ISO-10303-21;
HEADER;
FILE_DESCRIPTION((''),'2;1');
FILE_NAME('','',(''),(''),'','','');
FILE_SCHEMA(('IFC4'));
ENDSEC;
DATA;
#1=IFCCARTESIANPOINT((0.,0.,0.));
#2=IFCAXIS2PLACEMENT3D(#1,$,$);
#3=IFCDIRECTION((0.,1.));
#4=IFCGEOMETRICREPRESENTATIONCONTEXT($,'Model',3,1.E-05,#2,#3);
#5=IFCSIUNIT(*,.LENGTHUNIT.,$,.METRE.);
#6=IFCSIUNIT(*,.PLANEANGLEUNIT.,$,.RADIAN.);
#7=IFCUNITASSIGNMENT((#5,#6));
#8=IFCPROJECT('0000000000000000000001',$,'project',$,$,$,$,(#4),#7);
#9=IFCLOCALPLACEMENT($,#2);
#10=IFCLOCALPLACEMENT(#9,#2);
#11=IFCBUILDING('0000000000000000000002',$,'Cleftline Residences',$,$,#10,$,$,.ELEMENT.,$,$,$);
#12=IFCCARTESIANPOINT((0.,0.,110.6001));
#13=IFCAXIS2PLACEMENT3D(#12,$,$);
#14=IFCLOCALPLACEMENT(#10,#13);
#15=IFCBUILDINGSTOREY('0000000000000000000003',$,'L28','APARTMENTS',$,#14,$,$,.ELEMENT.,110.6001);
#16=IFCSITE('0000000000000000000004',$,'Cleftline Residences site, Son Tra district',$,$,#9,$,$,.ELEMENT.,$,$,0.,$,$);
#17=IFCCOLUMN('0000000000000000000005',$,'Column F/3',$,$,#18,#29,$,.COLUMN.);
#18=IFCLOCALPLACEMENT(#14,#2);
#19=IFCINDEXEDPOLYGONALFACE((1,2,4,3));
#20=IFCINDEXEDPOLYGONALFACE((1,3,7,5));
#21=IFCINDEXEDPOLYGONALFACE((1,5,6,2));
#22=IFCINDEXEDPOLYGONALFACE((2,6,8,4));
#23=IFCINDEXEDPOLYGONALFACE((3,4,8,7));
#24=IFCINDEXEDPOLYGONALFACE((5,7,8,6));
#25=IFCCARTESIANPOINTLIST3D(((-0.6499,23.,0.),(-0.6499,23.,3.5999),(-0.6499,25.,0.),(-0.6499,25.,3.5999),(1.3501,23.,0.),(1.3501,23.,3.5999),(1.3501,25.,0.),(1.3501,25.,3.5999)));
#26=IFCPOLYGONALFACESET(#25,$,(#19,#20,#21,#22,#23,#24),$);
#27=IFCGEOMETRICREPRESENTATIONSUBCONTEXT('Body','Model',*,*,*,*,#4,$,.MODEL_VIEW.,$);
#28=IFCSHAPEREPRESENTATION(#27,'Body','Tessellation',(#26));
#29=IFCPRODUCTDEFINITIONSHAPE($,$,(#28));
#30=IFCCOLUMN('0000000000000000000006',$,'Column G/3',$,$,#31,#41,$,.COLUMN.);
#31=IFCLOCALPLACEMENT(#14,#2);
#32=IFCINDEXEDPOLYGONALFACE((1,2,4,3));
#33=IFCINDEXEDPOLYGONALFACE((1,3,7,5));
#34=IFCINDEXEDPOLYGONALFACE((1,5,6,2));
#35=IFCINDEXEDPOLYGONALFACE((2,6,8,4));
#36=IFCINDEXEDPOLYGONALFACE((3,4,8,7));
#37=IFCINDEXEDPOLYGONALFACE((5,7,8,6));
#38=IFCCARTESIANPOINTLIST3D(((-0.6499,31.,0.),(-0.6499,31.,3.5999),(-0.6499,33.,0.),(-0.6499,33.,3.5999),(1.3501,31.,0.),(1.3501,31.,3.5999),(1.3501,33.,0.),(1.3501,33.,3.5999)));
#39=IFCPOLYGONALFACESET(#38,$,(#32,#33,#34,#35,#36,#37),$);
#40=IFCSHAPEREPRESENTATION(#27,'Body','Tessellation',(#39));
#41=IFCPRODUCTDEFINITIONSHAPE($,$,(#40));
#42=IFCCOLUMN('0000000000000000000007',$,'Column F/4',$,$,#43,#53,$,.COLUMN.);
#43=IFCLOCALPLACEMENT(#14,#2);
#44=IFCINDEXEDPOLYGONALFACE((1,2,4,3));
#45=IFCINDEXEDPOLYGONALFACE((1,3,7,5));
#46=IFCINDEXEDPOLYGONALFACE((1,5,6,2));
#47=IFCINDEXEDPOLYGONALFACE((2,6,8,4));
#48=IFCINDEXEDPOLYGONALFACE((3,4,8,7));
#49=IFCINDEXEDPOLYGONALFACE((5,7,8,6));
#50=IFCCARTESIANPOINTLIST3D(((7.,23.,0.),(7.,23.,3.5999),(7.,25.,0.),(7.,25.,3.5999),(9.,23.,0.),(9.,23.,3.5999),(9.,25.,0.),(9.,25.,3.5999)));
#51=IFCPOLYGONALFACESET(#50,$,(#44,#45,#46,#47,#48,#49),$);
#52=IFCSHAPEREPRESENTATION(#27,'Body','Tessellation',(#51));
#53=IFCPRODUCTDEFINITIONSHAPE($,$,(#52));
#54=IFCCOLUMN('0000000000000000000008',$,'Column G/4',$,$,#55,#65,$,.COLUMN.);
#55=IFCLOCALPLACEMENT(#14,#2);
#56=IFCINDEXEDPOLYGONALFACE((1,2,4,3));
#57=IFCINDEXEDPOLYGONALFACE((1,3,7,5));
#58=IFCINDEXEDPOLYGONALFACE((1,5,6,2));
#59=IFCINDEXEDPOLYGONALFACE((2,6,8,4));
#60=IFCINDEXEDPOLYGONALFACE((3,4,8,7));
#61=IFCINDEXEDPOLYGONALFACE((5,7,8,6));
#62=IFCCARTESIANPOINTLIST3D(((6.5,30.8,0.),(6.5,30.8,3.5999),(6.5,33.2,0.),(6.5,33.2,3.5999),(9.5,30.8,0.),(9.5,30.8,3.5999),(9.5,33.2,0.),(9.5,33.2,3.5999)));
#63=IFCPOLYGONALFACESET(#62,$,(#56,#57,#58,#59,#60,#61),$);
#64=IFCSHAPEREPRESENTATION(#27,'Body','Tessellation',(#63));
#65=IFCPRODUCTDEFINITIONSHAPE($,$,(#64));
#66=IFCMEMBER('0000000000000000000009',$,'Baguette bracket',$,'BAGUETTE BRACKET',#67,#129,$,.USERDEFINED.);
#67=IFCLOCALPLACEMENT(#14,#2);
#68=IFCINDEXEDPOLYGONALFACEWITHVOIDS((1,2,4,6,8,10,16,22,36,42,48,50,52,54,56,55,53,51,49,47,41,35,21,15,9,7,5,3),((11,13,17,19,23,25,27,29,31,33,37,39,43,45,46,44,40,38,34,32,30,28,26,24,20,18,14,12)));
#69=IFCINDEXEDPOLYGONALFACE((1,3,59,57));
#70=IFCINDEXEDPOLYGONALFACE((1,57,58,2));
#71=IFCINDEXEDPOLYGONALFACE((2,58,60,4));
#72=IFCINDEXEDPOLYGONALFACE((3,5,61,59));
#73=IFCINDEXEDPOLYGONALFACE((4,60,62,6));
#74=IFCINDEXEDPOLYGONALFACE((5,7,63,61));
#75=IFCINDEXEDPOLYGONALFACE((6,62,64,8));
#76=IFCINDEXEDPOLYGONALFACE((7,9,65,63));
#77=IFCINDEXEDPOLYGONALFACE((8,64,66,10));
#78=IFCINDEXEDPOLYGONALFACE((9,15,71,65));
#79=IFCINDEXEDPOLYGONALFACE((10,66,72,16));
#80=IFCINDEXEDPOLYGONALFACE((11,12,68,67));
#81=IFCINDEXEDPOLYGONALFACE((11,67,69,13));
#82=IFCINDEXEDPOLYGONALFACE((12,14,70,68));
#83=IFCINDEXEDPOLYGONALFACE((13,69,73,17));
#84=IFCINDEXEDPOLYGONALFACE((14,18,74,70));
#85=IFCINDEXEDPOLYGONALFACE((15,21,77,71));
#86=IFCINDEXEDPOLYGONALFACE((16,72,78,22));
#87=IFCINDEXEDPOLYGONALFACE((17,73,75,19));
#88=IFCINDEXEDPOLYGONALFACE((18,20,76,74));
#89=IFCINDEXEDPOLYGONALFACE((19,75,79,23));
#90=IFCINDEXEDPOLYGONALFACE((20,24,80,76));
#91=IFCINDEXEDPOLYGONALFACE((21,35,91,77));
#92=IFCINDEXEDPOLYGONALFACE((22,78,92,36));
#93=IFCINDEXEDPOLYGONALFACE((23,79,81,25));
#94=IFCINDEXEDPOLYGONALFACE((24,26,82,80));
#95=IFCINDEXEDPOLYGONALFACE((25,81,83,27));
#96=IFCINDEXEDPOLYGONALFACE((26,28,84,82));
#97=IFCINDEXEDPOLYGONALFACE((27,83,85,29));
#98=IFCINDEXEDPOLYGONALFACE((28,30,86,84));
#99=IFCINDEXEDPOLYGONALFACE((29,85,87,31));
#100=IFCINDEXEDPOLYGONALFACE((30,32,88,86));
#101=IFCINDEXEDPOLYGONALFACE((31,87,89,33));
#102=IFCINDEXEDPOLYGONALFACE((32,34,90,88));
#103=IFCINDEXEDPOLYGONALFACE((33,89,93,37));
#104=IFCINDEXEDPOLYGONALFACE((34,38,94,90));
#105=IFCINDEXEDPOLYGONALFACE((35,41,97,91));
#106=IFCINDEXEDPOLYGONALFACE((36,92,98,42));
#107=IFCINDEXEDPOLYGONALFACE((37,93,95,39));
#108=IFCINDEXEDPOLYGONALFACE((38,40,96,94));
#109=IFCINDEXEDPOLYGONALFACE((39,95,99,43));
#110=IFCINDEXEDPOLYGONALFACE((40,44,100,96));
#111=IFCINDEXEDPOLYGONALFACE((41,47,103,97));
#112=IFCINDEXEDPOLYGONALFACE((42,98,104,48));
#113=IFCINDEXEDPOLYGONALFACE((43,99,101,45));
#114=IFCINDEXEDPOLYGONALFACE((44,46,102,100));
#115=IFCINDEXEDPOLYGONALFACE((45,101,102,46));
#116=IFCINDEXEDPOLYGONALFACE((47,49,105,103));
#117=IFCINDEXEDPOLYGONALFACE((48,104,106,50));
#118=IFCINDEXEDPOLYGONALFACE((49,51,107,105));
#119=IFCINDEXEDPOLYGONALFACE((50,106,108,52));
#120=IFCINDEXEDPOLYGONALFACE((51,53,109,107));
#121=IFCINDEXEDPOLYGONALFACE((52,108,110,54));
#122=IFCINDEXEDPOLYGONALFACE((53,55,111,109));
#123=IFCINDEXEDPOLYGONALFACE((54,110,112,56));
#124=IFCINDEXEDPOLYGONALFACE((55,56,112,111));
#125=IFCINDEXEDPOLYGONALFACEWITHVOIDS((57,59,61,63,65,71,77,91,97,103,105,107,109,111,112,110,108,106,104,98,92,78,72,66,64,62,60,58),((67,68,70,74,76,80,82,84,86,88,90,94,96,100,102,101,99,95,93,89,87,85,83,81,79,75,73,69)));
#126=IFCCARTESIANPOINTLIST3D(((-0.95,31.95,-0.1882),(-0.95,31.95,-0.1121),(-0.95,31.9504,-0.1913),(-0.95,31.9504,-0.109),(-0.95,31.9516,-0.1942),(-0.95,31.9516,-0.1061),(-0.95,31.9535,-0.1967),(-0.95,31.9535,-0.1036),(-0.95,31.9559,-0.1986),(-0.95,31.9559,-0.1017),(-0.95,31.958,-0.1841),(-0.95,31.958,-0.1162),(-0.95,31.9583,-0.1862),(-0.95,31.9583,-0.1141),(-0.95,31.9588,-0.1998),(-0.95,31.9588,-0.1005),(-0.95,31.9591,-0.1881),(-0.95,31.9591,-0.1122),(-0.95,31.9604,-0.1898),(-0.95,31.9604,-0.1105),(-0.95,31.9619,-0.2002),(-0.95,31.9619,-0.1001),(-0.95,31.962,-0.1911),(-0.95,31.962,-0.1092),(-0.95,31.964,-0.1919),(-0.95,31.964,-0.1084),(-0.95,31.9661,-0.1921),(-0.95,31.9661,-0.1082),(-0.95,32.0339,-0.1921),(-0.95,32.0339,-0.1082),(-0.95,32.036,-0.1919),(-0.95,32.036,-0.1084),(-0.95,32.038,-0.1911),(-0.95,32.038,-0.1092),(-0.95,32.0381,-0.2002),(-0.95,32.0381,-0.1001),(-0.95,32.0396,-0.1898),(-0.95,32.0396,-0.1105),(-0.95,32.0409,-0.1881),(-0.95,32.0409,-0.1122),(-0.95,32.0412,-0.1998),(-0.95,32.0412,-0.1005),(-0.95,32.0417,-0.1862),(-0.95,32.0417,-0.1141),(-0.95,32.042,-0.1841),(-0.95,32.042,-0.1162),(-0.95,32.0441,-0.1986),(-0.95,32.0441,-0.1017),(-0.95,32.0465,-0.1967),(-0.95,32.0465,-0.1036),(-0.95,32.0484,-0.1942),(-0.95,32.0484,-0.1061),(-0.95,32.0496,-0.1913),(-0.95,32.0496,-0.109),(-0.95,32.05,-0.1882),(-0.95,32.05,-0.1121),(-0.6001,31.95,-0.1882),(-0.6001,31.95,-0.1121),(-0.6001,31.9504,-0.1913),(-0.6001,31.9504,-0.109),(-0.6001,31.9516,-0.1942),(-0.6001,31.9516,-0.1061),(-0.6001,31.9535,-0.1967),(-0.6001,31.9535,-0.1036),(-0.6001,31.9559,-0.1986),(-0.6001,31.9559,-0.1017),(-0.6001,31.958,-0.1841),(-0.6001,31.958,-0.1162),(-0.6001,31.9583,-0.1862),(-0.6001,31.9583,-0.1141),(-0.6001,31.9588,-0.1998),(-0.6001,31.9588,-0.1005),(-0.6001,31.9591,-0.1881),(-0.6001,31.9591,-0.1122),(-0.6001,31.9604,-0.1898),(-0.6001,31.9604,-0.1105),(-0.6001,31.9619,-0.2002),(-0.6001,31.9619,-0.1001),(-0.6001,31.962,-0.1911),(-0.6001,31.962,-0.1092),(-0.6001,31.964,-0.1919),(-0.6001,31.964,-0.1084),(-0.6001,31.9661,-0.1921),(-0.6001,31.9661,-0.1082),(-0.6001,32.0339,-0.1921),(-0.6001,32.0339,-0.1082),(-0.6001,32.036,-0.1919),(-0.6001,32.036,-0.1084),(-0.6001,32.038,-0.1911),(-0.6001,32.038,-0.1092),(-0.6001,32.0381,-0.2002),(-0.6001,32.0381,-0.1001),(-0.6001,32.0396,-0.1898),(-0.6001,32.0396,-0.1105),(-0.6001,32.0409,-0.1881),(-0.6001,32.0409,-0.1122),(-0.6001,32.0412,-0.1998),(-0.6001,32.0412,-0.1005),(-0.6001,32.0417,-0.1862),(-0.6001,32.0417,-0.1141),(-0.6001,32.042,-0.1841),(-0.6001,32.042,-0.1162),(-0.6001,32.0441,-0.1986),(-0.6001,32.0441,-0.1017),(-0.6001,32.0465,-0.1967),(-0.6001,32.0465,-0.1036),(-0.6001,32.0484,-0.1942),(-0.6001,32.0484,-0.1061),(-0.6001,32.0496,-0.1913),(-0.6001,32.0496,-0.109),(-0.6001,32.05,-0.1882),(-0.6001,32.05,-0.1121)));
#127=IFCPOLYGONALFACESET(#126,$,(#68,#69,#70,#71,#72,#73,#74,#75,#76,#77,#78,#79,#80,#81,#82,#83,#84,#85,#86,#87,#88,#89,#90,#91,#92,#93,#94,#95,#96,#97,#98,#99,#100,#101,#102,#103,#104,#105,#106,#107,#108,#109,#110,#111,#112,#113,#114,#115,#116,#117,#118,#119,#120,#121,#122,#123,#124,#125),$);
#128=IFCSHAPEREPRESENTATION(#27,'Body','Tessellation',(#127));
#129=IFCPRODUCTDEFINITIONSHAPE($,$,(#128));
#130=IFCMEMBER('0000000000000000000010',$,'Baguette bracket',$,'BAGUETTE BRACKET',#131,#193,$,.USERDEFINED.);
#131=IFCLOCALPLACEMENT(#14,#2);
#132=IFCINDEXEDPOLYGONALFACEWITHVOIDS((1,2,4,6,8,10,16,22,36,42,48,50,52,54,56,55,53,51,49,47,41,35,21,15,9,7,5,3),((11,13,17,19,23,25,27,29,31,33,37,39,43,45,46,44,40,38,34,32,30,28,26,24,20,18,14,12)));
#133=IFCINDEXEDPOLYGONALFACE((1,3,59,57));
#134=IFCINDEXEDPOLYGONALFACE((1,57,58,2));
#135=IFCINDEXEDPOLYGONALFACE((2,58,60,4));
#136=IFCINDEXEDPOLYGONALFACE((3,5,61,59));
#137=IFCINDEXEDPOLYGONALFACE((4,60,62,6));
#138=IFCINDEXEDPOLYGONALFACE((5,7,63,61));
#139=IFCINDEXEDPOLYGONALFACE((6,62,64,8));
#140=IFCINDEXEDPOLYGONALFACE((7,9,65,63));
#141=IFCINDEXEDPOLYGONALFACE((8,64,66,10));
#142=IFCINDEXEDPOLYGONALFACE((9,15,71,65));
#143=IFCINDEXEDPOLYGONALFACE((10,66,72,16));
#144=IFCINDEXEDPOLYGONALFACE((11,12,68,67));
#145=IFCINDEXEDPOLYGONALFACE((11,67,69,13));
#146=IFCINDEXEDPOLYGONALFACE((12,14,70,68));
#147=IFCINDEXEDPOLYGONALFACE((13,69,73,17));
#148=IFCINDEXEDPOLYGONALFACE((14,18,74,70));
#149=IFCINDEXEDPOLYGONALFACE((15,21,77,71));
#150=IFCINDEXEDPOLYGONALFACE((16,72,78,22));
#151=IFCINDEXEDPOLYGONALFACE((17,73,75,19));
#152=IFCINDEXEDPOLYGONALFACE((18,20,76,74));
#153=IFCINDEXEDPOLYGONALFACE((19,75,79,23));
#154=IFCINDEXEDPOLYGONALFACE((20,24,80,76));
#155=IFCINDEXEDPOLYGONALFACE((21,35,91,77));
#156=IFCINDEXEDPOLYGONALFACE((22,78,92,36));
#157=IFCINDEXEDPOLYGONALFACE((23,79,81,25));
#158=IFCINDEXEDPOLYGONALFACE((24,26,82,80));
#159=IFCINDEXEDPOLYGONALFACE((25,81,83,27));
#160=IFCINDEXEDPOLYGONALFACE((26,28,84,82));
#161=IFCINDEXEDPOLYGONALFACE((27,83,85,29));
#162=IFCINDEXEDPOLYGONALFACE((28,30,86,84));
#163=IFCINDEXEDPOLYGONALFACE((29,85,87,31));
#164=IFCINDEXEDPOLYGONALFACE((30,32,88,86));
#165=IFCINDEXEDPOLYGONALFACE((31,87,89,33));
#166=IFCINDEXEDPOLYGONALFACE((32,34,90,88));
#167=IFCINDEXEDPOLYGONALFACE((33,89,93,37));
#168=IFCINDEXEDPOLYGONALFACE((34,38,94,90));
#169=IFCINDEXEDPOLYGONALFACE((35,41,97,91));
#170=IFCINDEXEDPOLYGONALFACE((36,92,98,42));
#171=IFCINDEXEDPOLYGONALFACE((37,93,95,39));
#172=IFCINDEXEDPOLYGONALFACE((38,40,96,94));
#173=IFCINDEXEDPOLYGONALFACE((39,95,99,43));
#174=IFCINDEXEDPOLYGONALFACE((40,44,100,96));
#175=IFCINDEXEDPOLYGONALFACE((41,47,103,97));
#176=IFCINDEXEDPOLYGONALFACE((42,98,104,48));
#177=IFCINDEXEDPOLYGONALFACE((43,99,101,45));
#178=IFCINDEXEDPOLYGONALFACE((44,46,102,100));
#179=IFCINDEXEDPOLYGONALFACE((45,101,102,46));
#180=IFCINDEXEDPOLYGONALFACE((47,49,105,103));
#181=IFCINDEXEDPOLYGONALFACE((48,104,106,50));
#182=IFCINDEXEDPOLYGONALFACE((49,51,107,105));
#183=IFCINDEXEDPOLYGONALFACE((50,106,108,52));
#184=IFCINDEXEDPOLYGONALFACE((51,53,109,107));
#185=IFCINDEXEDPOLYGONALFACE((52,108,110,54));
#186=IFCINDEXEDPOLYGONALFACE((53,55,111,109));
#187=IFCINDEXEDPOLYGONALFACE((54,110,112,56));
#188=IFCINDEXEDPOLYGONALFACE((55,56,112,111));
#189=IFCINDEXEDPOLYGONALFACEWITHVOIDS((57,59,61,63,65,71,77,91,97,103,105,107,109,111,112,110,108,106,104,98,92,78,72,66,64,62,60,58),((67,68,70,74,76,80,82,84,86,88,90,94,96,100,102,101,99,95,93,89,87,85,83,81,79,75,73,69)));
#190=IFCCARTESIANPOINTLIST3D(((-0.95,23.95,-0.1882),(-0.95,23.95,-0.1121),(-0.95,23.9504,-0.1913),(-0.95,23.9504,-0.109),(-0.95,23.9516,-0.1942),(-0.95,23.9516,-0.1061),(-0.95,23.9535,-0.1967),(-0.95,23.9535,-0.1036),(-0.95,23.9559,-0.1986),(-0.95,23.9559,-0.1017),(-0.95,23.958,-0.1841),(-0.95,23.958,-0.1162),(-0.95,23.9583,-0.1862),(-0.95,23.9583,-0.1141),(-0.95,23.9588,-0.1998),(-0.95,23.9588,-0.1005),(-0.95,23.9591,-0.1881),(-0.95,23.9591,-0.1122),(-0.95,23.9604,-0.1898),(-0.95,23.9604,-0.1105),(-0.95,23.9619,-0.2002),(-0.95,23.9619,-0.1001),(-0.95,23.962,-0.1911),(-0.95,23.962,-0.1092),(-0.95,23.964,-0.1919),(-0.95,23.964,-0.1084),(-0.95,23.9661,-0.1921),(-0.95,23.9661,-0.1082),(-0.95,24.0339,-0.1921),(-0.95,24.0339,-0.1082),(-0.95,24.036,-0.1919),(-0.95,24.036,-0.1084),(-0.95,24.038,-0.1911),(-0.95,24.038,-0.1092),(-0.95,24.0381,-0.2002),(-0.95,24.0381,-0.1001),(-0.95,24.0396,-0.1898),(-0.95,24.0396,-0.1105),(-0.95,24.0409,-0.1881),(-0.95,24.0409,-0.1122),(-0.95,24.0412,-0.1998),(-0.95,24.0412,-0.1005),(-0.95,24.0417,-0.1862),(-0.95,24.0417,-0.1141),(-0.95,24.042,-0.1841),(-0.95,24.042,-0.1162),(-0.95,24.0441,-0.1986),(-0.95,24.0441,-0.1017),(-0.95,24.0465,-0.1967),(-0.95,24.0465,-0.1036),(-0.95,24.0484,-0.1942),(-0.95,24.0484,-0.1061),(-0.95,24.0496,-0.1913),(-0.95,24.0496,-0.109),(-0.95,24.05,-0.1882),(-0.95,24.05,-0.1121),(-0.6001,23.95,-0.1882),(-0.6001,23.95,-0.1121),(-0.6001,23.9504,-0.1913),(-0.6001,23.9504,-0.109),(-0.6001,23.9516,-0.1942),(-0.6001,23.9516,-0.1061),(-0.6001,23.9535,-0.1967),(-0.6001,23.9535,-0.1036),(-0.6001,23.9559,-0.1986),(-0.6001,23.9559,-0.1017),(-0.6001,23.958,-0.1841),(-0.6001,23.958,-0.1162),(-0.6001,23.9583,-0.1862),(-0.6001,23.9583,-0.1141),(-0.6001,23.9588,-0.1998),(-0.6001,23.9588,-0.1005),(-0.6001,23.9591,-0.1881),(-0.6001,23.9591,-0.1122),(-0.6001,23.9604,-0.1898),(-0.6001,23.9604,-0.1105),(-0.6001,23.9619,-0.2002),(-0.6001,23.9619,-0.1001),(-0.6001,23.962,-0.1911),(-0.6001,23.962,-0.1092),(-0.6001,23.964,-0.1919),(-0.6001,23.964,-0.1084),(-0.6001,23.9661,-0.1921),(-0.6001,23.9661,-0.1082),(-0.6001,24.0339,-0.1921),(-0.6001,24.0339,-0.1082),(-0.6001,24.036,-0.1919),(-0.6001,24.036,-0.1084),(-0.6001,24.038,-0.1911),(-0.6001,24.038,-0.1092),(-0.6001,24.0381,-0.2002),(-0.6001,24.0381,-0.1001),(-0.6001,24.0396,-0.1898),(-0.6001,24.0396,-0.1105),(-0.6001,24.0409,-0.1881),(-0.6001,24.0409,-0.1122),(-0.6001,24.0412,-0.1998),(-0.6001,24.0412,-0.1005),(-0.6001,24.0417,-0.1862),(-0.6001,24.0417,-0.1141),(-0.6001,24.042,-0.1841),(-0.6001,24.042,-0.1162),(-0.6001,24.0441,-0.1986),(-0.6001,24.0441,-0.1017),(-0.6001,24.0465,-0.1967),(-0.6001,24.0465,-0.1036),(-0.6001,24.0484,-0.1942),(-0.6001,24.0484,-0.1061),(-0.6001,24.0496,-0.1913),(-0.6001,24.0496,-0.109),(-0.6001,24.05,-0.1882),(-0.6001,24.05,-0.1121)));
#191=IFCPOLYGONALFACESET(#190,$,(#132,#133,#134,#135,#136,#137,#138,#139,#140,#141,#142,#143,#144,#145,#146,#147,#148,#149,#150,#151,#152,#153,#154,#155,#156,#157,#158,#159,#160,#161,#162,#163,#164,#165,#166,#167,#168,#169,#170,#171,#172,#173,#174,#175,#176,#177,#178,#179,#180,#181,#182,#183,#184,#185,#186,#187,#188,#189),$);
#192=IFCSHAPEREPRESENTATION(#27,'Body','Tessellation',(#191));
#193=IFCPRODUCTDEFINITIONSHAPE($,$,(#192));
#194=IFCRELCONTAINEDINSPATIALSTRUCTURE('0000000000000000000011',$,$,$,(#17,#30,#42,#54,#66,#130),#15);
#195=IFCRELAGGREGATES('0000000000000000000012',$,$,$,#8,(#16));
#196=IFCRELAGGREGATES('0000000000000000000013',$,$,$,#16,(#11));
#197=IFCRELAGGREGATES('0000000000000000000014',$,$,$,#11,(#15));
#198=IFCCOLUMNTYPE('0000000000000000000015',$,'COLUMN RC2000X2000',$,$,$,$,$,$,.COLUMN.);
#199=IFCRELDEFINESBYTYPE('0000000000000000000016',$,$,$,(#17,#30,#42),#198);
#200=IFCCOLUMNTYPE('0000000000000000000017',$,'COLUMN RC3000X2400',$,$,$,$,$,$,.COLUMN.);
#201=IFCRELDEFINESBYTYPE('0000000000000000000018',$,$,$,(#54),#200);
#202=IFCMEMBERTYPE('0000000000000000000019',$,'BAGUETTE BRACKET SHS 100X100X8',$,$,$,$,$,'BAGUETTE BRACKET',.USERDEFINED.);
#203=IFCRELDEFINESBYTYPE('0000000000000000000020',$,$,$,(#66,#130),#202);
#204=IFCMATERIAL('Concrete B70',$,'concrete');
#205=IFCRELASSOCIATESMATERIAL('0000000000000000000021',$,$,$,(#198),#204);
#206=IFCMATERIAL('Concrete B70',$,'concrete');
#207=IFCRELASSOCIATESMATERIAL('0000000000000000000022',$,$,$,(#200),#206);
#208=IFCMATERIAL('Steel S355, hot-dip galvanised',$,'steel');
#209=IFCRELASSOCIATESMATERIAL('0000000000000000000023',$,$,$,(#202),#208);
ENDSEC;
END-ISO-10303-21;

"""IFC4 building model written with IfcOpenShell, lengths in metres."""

from ifc_helpers import new_model, si_unit, direction, frame, origin, origin_2d, place, context, subcontext, project, spatial, rectangle, hollow_rectangle, extrude, material, material_profile, profile_set, type_object, element, save


model = new_model("IFC4")

# Units and contexts
model_context = context("Model", 3, precision=1e-05, world=origin(), true_north=direction((0.0, 1.0)))
body_context = subcontext(model_context, "Body", "Model", "MODEL_VIEW")
ifc_project = project(units=[si_unit("LENGTHUNIT", "METRE"), si_unit("PLANEANGLEUNIT", "RADIAN")], contexts=[model_context])

# Site, building, storey
site_placement = place(None, origin())
site = spatial("IfcSite", under=ifc_project, at=site_placement, Name="Cleftline Residences site, Son Tra district", CompositionType="ELEMENT", RefElevation=0.0)
building_placement = place(site_placement, origin())
building = spatial("IfcBuilding", under=site, at=building_placement, Name="Cleftline Residences", CompositionType="ELEMENT")
storey_placement = place(building_placement, frame((0.0, 0.0, 110.6001)))
storey = spatial("IfcBuildingStorey", under=building, at=storey_placement, Name="L28", Description="APARTMENTS", CompositionType="ELEMENT", Elevation=110.6001)

# Columns
ifc_material_1 = material(Name="Concrete B70", Category="concrete")
ifc_material_profile_1 = material_profile(ifc_material_1, rectangle(XDim=2.0, YDim=2.0, at=origin_2d()))
ifc_profile_set_1 = profile_set([ifc_material_profile_1], Name="Concrete B70")
column_type_1 = type_object("IfcColumnType", Name="COLUMN RC2000X2000", PredefinedType="COLUMN", material=ifc_profile_set_1)
for number, where, z_axis, x_axis, name in (
    (1, (0.3501, 24.0, 0.0), (0.0, 0.0, 1.0), (1.0, 0.0, 0.0), "Column F/3"),
    (2, (0.3501, 32.0, 0.0), (0.0, 0.0, 1.0), (1.0, 0.0, 0.0), "Column G/3"),
    (3, (8.0, 24.0, 0.0), (0.0, 0.0, 1.0), (1.0, 0.0, 0.0), "Column F/4"),
):
    element("IfcColumn", number, at=place(storey_placement, frame(where, z_axis=z_axis, x_axis=x_axis)), inside=storey, type_object=column_type_1, Name=name, PredefinedType="COLUMN", context=body_context, shape_type="SweptSolid", body=[
        extrude(rectangle(XDim=2.0, YDim=2.0, at=origin_2d()), origin(), (0.0, 0.0, 1.0), 3.5999),
    ])
ifc_material_2 = material(Name="Concrete B70", Category="concrete")
ifc_material_profile_2 = material_profile(ifc_material_2, rectangle(XDim=3.0, YDim=2.3999, at=origin_2d()))
ifc_profile_set_2 = profile_set([ifc_material_profile_2], Name="Concrete B70")
column_type_2 = type_object("IfcColumnType", Name="COLUMN RC3000X2400", PredefinedType="COLUMN", material=ifc_profile_set_2)
column_placement = place(storey_placement, frame((8.0, 32.0, 0.0), z_axis=(0.0, 0.0, 1.0), x_axis=(1.0, 0.0, 0.0)))
element("IfcColumn", 4, at=column_placement, inside=storey, type_object=column_type_2, Name="Column G/4", PredefinedType="COLUMN", context=body_context, shape_type="SweptSolid", body=[
    extrude(rectangle(XDim=3.0, YDim=2.3999, at=origin_2d()), origin(), (0.0, 0.0, 1.0), 3.5999),
])

# Members
ifc_material_3 = material(Name="Steel S355, hot-dip galvanised", Category="steel")
ifc_material_profile_3 = material_profile(ifc_material_3, hollow_rectangle(XDim=0.1001, YDim=0.1001, WallThickness=0.0081, InnerFilletRadius=0.0081, OuterFilletRadius=0.012, at=origin_2d()))
ifc_profile_set_3 = profile_set([ifc_material_profile_3], Name="Steel S355, hot-dip galvanised")
member_type_1 = type_object("IfcMemberType", Name="BAGUETTE BRACKET SHS 100X100X8", ElementType="BAGUETTE BRACKET", PredefinedType="USERDEFINED", material=ifc_profile_set_3)
for number, where, z_axis, x_axis, name in (
    (5, (-0.6001, 32.0, -0.1501), (-1.0, 0.0, 0.0), (0.0, -1.0, 0.0), "Baguette bracket"),
    (6, (-0.6001, 24.0, -0.1501), (-1.0, 0.0, 0.0), (0.0, -1.0, 0.0), "Baguette bracket"),
):
    element("IfcMember", number, at=place(storey_placement, frame(where, z_axis=z_axis, x_axis=x_axis)), inside=storey, type_object=member_type_1, Name=name, ObjectType="BAGUETTE BRACKET", PredefinedType="USERDEFINED", context=body_context, shape_type="SweptSolid", body=[
        extrude(hollow_rectangle(XDim=0.1001, YDim=0.1001, WallThickness=0.0081, InnerFilletRadius=0.0081, OuterFilletRadius=0.012, at=origin_2d()), origin(), (0.0, 0.0, 1.0), 0.3499),
    ])

save(model, "model.ifc")
